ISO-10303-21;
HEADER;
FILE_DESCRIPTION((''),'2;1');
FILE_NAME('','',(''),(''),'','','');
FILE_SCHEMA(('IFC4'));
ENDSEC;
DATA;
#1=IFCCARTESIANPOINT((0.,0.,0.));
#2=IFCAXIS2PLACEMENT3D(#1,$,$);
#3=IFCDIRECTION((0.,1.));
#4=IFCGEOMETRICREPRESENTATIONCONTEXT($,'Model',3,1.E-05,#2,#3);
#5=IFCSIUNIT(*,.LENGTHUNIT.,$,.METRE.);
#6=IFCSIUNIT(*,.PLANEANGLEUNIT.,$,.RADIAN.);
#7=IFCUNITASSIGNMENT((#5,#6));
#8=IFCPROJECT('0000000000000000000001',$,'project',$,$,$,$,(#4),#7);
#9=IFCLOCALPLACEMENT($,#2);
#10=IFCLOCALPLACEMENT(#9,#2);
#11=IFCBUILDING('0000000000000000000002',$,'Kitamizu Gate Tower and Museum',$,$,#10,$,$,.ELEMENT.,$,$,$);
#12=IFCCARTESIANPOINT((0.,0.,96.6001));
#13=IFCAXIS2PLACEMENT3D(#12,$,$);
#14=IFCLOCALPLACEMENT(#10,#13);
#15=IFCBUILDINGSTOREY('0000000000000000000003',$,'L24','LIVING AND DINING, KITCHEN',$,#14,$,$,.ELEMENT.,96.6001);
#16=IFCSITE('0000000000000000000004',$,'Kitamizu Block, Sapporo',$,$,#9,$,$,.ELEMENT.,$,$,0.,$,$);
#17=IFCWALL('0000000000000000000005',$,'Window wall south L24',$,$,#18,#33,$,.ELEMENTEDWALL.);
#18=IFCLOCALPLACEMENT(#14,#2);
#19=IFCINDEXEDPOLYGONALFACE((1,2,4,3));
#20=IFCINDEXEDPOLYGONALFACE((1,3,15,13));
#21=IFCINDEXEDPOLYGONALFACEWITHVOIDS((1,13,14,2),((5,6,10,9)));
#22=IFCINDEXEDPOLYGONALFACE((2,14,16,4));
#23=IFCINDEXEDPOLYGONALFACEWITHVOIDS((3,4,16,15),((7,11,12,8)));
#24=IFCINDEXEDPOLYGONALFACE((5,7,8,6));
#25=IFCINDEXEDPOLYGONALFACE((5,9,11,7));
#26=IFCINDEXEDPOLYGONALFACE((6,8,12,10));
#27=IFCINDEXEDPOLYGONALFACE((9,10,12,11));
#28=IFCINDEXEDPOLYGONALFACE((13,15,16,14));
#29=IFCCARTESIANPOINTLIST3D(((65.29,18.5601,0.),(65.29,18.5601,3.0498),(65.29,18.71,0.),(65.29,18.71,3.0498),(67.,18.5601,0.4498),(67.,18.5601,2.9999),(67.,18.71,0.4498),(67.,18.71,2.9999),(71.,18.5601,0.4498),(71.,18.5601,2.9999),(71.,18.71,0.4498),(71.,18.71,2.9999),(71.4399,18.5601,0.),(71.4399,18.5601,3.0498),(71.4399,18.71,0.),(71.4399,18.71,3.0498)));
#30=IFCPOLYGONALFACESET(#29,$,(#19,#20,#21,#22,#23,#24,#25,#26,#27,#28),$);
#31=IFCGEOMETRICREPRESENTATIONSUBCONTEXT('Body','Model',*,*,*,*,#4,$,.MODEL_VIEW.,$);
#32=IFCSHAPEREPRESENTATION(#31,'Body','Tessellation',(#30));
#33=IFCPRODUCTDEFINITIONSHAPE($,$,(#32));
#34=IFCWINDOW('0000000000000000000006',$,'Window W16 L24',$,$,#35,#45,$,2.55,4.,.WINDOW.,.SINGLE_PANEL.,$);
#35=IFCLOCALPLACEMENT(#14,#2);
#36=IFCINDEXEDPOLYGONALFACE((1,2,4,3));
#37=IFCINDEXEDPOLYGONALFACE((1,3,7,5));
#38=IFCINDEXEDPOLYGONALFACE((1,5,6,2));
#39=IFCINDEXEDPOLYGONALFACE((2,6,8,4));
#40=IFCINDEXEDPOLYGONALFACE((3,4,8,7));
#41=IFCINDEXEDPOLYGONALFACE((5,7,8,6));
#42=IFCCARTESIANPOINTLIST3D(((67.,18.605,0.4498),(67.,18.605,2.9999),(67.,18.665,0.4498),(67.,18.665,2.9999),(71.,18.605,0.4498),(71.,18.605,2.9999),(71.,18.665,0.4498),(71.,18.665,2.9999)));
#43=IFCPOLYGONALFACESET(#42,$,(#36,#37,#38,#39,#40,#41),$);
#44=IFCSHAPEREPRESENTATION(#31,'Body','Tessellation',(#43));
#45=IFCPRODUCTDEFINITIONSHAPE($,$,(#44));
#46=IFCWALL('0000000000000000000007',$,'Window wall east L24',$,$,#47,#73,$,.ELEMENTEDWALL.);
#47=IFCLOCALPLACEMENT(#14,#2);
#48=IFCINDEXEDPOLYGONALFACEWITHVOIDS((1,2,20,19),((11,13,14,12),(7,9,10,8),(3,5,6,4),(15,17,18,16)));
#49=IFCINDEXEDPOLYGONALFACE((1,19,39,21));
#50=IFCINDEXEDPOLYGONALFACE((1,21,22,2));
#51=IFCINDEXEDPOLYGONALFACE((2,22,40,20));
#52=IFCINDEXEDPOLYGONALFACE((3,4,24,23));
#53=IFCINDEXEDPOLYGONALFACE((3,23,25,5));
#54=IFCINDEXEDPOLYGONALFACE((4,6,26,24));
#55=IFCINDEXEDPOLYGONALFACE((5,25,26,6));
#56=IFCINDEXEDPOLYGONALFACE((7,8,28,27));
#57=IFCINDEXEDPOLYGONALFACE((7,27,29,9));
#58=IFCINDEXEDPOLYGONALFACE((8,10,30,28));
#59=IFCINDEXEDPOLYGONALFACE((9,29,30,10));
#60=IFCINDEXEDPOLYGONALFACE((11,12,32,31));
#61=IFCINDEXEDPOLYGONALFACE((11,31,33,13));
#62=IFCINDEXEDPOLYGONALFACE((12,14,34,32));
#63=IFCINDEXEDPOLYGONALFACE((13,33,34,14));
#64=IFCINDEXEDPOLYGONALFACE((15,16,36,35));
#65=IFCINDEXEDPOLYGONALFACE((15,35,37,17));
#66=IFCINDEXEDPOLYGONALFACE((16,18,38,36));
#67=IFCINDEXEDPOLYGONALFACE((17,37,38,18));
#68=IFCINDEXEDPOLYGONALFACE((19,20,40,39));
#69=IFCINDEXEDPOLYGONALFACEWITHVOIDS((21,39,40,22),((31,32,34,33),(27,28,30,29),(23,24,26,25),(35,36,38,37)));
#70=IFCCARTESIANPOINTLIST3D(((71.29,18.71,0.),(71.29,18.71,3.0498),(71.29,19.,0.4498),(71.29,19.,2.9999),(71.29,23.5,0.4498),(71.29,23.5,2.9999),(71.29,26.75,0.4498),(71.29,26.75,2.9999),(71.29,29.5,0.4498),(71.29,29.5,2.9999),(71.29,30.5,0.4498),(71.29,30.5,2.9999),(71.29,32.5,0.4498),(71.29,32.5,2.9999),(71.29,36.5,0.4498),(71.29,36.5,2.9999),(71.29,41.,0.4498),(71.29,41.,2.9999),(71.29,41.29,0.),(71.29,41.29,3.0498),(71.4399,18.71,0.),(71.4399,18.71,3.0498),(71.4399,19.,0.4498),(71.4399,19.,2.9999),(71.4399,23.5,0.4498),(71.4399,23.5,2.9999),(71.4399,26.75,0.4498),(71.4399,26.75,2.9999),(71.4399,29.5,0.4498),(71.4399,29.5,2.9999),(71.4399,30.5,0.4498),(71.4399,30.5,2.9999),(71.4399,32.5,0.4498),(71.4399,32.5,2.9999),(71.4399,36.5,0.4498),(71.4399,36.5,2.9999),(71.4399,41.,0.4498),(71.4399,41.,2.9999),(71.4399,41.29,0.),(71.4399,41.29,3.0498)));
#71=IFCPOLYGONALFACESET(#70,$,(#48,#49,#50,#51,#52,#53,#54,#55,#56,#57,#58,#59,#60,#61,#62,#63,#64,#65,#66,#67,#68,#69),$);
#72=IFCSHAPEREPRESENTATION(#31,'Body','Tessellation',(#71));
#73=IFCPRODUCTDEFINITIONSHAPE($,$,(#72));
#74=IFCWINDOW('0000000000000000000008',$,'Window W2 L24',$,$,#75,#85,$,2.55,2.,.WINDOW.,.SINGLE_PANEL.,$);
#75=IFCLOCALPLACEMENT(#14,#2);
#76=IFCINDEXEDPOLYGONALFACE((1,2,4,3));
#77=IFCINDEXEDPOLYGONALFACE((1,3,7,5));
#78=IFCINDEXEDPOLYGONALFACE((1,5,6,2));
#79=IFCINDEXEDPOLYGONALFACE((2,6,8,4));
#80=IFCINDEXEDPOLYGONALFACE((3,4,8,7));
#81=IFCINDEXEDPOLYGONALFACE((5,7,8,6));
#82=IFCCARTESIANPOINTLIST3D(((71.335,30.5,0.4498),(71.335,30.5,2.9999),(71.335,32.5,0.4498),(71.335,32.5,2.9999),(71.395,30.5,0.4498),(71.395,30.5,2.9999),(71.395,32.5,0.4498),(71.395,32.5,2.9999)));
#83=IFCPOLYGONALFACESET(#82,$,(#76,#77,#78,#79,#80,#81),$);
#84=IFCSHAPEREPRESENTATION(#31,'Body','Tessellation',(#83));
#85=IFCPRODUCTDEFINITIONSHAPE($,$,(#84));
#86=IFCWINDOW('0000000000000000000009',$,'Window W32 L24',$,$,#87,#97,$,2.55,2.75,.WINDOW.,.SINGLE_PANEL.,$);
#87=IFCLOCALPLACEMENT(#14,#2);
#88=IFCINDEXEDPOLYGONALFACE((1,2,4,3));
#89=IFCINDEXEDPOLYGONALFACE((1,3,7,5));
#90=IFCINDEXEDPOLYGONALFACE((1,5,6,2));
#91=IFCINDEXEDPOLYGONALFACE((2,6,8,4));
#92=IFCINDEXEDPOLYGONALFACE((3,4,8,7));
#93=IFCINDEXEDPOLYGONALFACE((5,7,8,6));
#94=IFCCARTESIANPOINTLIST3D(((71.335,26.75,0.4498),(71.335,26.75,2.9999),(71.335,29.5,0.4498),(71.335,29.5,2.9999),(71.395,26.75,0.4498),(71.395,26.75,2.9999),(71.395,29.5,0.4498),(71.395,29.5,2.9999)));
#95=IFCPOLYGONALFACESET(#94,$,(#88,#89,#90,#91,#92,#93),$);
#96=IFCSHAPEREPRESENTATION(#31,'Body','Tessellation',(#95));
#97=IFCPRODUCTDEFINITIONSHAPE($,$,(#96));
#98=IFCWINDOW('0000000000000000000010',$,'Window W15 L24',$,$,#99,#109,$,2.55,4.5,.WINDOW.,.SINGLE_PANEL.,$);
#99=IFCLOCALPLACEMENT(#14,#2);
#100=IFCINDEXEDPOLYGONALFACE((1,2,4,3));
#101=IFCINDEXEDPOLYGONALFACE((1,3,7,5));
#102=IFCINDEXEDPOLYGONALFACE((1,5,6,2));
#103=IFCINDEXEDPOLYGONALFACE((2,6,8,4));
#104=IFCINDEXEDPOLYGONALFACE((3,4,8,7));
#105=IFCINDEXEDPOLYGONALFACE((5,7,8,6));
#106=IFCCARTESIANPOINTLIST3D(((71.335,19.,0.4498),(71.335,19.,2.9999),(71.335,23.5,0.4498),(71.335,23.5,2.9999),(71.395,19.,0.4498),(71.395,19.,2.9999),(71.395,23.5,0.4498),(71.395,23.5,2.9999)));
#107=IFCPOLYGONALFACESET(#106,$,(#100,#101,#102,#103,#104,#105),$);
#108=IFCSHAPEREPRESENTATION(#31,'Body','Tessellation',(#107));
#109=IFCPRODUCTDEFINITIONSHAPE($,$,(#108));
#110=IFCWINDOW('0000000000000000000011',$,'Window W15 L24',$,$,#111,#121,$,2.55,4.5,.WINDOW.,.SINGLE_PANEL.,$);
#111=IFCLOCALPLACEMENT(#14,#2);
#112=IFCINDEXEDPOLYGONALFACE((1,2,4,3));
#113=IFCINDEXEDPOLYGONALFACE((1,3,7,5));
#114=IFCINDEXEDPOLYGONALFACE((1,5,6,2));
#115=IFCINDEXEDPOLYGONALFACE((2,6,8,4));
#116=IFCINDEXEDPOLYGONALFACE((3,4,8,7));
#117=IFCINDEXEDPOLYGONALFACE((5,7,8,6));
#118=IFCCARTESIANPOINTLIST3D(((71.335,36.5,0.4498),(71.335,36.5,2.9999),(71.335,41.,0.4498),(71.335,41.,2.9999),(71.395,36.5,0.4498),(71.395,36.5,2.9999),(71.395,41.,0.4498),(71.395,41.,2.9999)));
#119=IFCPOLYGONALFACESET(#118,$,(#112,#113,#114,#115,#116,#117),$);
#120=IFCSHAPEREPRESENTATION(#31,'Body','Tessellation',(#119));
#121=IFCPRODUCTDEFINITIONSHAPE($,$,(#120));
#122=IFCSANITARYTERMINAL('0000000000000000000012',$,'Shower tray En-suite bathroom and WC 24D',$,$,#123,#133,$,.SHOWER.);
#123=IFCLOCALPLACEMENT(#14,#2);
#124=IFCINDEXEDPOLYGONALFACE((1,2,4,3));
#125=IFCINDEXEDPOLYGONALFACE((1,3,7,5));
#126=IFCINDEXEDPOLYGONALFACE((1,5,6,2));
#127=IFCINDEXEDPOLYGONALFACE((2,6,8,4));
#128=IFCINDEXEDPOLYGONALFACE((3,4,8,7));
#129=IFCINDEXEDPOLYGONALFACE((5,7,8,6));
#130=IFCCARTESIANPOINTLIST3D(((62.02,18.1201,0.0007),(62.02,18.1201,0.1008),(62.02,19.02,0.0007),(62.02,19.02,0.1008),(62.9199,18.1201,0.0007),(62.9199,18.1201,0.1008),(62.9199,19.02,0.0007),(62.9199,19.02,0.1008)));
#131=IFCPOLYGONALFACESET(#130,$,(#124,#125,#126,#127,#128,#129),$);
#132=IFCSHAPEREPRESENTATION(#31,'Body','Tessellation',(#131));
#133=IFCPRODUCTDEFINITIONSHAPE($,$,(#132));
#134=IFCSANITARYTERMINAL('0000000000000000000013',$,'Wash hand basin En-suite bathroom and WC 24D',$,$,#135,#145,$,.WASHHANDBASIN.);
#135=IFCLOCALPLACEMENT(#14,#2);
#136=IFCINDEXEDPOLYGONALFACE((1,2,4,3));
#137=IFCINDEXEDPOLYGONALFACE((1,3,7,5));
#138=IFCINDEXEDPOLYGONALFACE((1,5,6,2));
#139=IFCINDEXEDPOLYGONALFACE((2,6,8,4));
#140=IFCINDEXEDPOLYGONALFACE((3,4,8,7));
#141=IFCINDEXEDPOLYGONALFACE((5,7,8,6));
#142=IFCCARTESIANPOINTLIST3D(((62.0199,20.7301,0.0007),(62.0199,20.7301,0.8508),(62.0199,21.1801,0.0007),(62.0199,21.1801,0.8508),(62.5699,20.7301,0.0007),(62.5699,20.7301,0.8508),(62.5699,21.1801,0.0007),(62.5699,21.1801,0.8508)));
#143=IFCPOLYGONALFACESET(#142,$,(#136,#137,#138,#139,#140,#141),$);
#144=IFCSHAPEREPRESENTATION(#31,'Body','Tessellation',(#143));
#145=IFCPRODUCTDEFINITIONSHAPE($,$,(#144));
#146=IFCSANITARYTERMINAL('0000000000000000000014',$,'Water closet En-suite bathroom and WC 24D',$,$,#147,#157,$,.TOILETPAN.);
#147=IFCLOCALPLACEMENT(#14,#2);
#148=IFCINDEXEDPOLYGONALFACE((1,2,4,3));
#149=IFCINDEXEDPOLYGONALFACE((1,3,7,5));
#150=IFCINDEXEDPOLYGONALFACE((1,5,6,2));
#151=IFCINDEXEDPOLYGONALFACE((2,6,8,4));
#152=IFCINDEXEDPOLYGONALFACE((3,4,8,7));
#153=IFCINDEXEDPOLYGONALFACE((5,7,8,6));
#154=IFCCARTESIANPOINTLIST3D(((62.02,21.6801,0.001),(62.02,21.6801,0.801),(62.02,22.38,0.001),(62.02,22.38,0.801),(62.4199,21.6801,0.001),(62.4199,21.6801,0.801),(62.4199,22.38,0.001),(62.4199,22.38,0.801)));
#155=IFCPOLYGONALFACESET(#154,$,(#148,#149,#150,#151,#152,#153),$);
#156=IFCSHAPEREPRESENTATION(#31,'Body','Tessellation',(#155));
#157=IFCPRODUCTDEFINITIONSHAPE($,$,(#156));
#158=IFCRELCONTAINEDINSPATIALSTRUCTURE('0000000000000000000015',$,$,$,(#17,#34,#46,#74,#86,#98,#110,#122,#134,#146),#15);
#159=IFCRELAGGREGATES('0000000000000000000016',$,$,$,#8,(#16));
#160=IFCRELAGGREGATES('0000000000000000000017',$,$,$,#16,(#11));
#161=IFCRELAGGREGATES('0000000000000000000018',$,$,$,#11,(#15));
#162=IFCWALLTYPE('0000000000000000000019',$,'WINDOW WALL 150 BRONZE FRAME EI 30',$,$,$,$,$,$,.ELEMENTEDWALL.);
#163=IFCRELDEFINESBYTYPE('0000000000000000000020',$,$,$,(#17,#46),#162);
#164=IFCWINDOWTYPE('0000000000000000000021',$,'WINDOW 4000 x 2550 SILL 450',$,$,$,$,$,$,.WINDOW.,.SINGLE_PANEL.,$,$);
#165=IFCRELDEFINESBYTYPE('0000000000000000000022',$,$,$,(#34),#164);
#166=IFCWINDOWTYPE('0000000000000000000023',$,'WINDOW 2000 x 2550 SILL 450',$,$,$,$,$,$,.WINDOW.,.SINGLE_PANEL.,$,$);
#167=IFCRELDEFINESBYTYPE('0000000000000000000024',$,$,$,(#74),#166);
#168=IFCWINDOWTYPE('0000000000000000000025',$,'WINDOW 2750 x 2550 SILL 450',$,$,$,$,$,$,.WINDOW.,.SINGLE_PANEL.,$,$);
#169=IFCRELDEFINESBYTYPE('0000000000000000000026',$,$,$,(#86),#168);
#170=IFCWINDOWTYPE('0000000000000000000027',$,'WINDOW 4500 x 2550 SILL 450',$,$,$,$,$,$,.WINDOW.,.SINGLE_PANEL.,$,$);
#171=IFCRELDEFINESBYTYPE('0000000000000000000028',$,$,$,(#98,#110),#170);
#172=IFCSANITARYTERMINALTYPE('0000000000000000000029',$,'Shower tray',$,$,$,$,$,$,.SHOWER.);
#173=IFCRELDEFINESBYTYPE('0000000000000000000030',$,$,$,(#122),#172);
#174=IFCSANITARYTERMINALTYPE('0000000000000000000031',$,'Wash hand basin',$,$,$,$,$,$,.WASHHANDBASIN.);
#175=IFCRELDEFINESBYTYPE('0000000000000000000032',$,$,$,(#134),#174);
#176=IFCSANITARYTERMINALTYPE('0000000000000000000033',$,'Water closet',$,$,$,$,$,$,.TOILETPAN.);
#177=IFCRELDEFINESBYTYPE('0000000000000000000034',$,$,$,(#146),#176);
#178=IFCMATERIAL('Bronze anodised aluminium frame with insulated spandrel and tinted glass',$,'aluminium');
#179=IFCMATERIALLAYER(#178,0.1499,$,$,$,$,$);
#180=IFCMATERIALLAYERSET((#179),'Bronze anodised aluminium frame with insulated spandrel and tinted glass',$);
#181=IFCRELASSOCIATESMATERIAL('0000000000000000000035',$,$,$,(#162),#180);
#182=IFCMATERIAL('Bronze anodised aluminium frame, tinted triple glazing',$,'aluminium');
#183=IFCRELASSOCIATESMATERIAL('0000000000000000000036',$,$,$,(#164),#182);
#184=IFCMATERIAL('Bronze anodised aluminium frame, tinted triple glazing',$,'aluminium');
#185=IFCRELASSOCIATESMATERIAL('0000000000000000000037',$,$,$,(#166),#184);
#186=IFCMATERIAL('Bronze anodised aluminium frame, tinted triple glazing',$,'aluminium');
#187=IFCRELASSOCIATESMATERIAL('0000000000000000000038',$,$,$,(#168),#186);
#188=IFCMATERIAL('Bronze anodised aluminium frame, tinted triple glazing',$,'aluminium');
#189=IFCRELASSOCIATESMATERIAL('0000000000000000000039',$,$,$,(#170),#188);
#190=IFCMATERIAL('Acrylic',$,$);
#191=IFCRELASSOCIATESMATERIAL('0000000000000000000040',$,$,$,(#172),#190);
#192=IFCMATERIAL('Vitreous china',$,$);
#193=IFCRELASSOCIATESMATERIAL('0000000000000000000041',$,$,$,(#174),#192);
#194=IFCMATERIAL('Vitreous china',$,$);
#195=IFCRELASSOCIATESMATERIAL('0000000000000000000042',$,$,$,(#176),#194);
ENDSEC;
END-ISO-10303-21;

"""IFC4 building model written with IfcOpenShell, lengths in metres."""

from ifc_helpers import new_model, si_unit, direction, frame, frame_2d, origin, origin_2d, place, context, subcontext, project, spatial, rectangle, extrude, material, layer, layer_set, type_object, element, fill, save


model = new_model("IFC4")

# Units and contexts
model_context = context("Model", 3, precision=1e-05, world=origin(), true_north=direction((0.0, 1.0)))
body_context = subcontext(model_context, "Body", "Model", "MODEL_VIEW")
ifc_project = project(units=[si_unit("LENGTHUNIT", "METRE"), si_unit("PLANEANGLEUNIT", "RADIAN")], contexts=[model_context])

# Site, building, storey
site_placement = place(None, origin())
site = spatial("IfcSite", under=ifc_project, at=site_placement, Name="Kitamizu Block, Sapporo", CompositionType="ELEMENT", RefElevation=0.0)
building_placement = place(site_placement, origin())
building = spatial("IfcBuilding", under=site, at=building_placement, Name="Kitamizu Gate Tower and Museum", CompositionType="ELEMENT")
storey_placement = place(building_placement, frame((0.0, 0.0, 96.6001)))
storey = spatial("IfcBuildingStorey", under=building, at=storey_placement, Name="L24", Description="LIVING AND DINING, KITCHEN", CompositionType="ELEMENT", Elevation=96.6001)

# Wall, opening, window
ifc_material_1 = material(Name="Bronze anodised aluminium frame with insulated spandrel and tinted glass", Category="aluminium")
ifc_layer_1 = layer(ifc_material_1, 0.1499)
ifc_layer_set_1 = layer_set([ifc_layer_1], Name="Bronze anodised aluminium frame with insulated spandrel and tinted glass")
wall_type_1 = type_object("IfcWallType", Name="WINDOW WALL 150 BRONZE FRAME EI 30", PredefinedType="ELEMENTEDWALL", material=ifc_layer_set_1)
ifc_material_2 = material(Name="Bronze anodised aluminium frame, tinted triple glazing", Category="aluminium")
window_type_1 = type_object("IfcWindowType", Name="WINDOW 4000 x 2550 SILL 450", PartitioningType="SINGLE_PANEL", PredefinedType="WINDOW", material=ifc_material_2)
wall_1_placement = place(storey_placement, frame((65.29, 18.635, 0.0), z_axis=(0.0, 0.0, 1.0), x_axis=(1.0, 0.0, 0.0)))
wall_1 = element("IfcWall", 1, at=wall_1_placement, inside=storey, type_object=wall_type_1, Name="Window wall south L24", PredefinedType="ELEMENTEDWALL", context=body_context, shape_type="SweptSolid", body=[
    extrude(rectangle(XDim=6.1499, YDim=0.1499, at=frame_2d((3.075, 0.0))), origin(), (0.0, 0.0, 1.0), 3.0498),
])
opening_1_placement = place(wall_1_placement, frame((1.71, 0.0, 0.45)))
opening_1 = element("IfcOpeningElement", 2, at=opening_1_placement, cuts=wall_1, PredefinedType="OPENING", context=body_context, shape_type="SweptSolid", body=[
    extrude(rectangle(XDim=4.0, YDim=2.55, at=frame_2d((2.0, 1.2749))), frame((0.0, 0.085, 0.0), z_axis=(0.0, -1.0, 0.0), x_axis=(1.0, 0.0, 0.0)), (0.0, 0.0, 1.0), 0.1699),
])
window_1_placement = place(opening_1_placement, origin())
window_1 = element("IfcWindow", 3, at=window_1_placement, inside=storey, type_object=window_type_1, Name="Window W16 L24", OverallHeight=2.55, OverallWidth=4.0, PartitioningType="SINGLE_PANEL", PredefinedType="WINDOW", context=body_context, shape_type="SweptSolid", body=[
    extrude(rectangle(XDim=4.0, YDim=2.55, at=frame_2d((2.0, 1.2749))), frame((0.0, 0.03, 0.0), z_axis=(0.0, -1.0, 0.0), x_axis=(1.0, 0.0, 0.0)), (0.0, 0.0, 1.0), 0.0601),
])
fill(opening_1, window_1)

# Wall, openings, windows
wall_2_placement = place(storey_placement, frame((71.365, 18.71, 0.0), z_axis=(0.0, 0.0, 1.0), x_axis=(0.0, 1.0, 0.0)))
wall_2 = element("IfcWall", 4, at=wall_2_placement, inside=storey, type_object=wall_type_1, Name="Window wall east L24", PredefinedType="ELEMENTEDWALL", context=body_context, shape_type="SweptSolid", body=[
    extrude(rectangle(XDim=22.5801, YDim=0.1499, at=frame_2d((11.29, 0.0))), origin(), (0.0, 0.0, 1.0), 3.0498),
])
opening_2_placement = place(wall_2_placement, frame((0.29, 0.0, 0.45)))
opening_2 = element("IfcOpeningElement", 5, at=opening_2_placement, cuts=wall_2, PredefinedType="OPENING", context=body_context, shape_type="SweptSolid", body=[
    extrude(rectangle(XDim=4.5, YDim=2.55, at=frame_2d((2.25, 1.2749))), frame((0.0, 0.085, 0.0), z_axis=(0.0, -1.0, 0.0), x_axis=(1.0, 0.0, 0.0)), (0.0, 0.0, 1.0), 0.1699),
])
opening_3_placement = place(wall_2_placement, frame((8.04, 0.0, 0.45)))
opening_3 = element("IfcOpeningElement", 6, at=opening_3_placement, cuts=wall_2, PredefinedType="OPENING", context=body_context, shape_type="SweptSolid", body=[
    extrude(rectangle(XDim=2.75, YDim=2.55, at=frame_2d((1.375, 1.2749))), frame((0.0, 0.085, 0.0), z_axis=(0.0, -1.0, 0.0), x_axis=(1.0, 0.0, 0.0)), (0.0, 0.0, 1.0), 0.1699),
])
opening_4_placement = place(wall_2_placement, frame((11.79, 0.0, 0.45)))
opening_4 = element("IfcOpeningElement", 7, at=opening_4_placement, cuts=wall_2, PredefinedType="OPENING", context=body_context, shape_type="SweptSolid", body=[
    extrude(rectangle(XDim=2.0, YDim=2.55, at=frame_2d((1.0, 1.2749))), frame((0.0, 0.085, 0.0), z_axis=(0.0, -1.0, 0.0), x_axis=(1.0, 0.0, 0.0)), (0.0, 0.0, 1.0), 0.1699),
])
opening_5_placement = place(wall_2_placement, frame((17.79, 0.0, 0.45)))
opening_5 = element("IfcOpeningElement", 8, at=opening_5_placement, cuts=wall_2, PredefinedType="OPENING", context=body_context, shape_type="SweptSolid", body=[
    extrude(rectangle(XDim=4.5, YDim=2.55, at=frame_2d((2.25, 1.2749))), frame((0.0, 0.085, 0.0), z_axis=(0.0, -1.0, 0.0), x_axis=(1.0, 0.0, 0.0)), (0.0, 0.0, 1.0), 0.1699),
])
ifc_material_3 = material(Name="Bronze anodised aluminium frame, tinted triple glazing", Category="aluminium")
window_type_2 = type_object("IfcWindowType", Name="WINDOW 2000 x 2550 SILL 450", PartitioningType="SINGLE_PANEL", PredefinedType="WINDOW", material=ifc_material_3)
window_2_placement = place(opening_4_placement, origin())
window_2 = element("IfcWindow", 9, at=window_2_placement, inside=storey, type_object=window_type_2, Name="Window W2 L24", OverallHeight=2.55, OverallWidth=2.0, PartitioningType="SINGLE_PANEL", PredefinedType="WINDOW", context=body_context, shape_type="SweptSolid", body=[
    extrude(rectangle(XDim=2.0, YDim=2.55, at=frame_2d((1.0, 1.2749))), frame((0.0, 0.03, 0.0), z_axis=(0.0, -1.0, 0.0), x_axis=(1.0, 0.0, 0.0)), (0.0, 0.0, 1.0), 0.0601),
])
fill(opening_4, window_2)
ifc_material_4 = material(Name="Bronze anodised aluminium frame, tinted triple glazing", Category="aluminium")
window_type_3 = type_object("IfcWindowType", Name="WINDOW 2750 x 2550 SILL 450", PartitioningType="SINGLE_PANEL", PredefinedType="WINDOW", material=ifc_material_4)
window_3_placement = place(opening_3_placement, origin())
window_3 = element("IfcWindow", 10, at=window_3_placement, inside=storey, type_object=window_type_3, Name="Window W32 L24", OverallHeight=2.55, OverallWidth=2.75, PartitioningType="SINGLE_PANEL", PredefinedType="WINDOW", context=body_context, shape_type="SweptSolid", body=[
    extrude(rectangle(XDim=2.75, YDim=2.55, at=frame_2d((1.375, 1.2749))), frame((0.0, 0.03, 0.0), z_axis=(0.0, -1.0, 0.0), x_axis=(1.0, 0.0, 0.0)), (0.0, 0.0, 1.0), 0.0601),
])
fill(opening_3, window_3)
ifc_material_5 = material(Name="Bronze anodised aluminium frame, tinted triple glazing", Category="aluminium")
window_type_4 = type_object("IfcWindowType", Name="WINDOW 4500 x 2550 SILL 450", PartitioningType="SINGLE_PANEL", PredefinedType="WINDOW", material=ifc_material_5)
window_4_placement = place(opening_2_placement, origin())
window_4 = element("IfcWindow", 11, at=window_4_placement, inside=storey, type_object=window_type_4, Name="Window W15 L24", OverallHeight=2.55, OverallWidth=4.5, PartitioningType="SINGLE_PANEL", PredefinedType="WINDOW", context=body_context, shape_type="SweptSolid", body=[
    extrude(rectangle(XDim=4.5, YDim=2.55, at=frame_2d((2.25, 1.2749))), frame((0.0, 0.03, 0.0), z_axis=(0.0, -1.0, 0.0), x_axis=(1.0, 0.0, 0.0)), (0.0, 0.0, 1.0), 0.0601),
])
fill(opening_2, window_4)
window_5_placement = place(opening_5_placement, origin())
window_5 = element("IfcWindow", 12, at=window_5_placement, inside=storey, type_object=window_type_4, Name="Window W15 L24", OverallHeight=2.55, OverallWidth=4.5, PartitioningType="SINGLE_PANEL", PredefinedType="WINDOW", context=body_context, shape_type="SweptSolid", body=[
    extrude(rectangle(XDim=4.5, YDim=2.55, at=frame_2d((2.25, 1.2749))), frame((0.0, 0.03, 0.0), z_axis=(0.0, -1.0, 0.0), x_axis=(1.0, 0.0, 0.0)), (0.0, 0.0, 1.0), 0.0601),
])
fill(opening_5, window_5)

# Sanitary terminals
ifc_material_6 = material(Name="Acrylic")
sanitary_terminal_type_1 = type_object("IfcSanitaryTerminalType", Name="Shower tray", PredefinedType="SHOWER", material=ifc_material_6)
sanitary_terminal_1_placement = place(storey_placement, frame((62.47, 18.5701, 0.0007), z_axis=(0.0, 0.0, 1.0), x_axis=(1.0, 0.0, 0.0)))
element("IfcSanitaryTerminal", 13, at=sanitary_terminal_1_placement, inside=storey, type_object=sanitary_terminal_type_1, Name="Shower tray En-suite bathroom and WC 24D", PredefinedType="SHOWER", context=body_context, shape_type="SweptSolid", body=[
    extrude(rectangle(XDim=0.8999, YDim=0.8999, at=origin_2d()), origin(), (0.0, 0.0, 1.0), 0.1001),
])
ifc_material_7 = material(Name="Vitreous china")
sanitary_terminal_type_2 = type_object("IfcSanitaryTerminalType", Name="Wash hand basin", PredefinedType="WASHHANDBASIN", material=ifc_material_7)
sanitary_terminal_2_placement = place(storey_placement, frame((62.2949, 20.9551, 0.0007), z_axis=(0.0, 0.0, 1.0), x_axis=(1.0, 0.0, 0.0)))
element("IfcSanitaryTerminal", 14, at=sanitary_terminal_2_placement, inside=storey, type_object=sanitary_terminal_type_2, Name="Wash hand basin En-suite bathroom and WC 24D", PredefinedType="WASHHANDBASIN", context=body_context, shape_type="SweptSolid", body=[
    extrude(rectangle(XDim=0.55, YDim=0.45, at=origin_2d()), origin(), (0.0, 0.0, 1.0), 0.8501),
])
ifc_material_8 = material(Name="Vitreous china")
sanitary_terminal_type_3 = type_object("IfcSanitaryTerminalType", Name="Water closet", PredefinedType="TOILETPAN", material=ifc_material_8)
sanitary_terminal_3_placement = place(storey_placement, frame((62.22, 22.03, 0.001), z_axis=(0.0, 0.0, 1.0), x_axis=(1.0, 0.0, 0.0)))
element("IfcSanitaryTerminal", 15, at=sanitary_terminal_3_placement, inside=storey, type_object=sanitary_terminal_type_3, Name="Water closet En-suite bathroom and WC 24D", PredefinedType="TOILETPAN", context=body_context, shape_type="SweptSolid", body=[
    extrude(rectangle(XDim=0.3999, YDim=0.7, at=origin_2d()), origin(), (0.0, 0.0, 1.0), 0.8),
])

save(model, "model.ifc")
